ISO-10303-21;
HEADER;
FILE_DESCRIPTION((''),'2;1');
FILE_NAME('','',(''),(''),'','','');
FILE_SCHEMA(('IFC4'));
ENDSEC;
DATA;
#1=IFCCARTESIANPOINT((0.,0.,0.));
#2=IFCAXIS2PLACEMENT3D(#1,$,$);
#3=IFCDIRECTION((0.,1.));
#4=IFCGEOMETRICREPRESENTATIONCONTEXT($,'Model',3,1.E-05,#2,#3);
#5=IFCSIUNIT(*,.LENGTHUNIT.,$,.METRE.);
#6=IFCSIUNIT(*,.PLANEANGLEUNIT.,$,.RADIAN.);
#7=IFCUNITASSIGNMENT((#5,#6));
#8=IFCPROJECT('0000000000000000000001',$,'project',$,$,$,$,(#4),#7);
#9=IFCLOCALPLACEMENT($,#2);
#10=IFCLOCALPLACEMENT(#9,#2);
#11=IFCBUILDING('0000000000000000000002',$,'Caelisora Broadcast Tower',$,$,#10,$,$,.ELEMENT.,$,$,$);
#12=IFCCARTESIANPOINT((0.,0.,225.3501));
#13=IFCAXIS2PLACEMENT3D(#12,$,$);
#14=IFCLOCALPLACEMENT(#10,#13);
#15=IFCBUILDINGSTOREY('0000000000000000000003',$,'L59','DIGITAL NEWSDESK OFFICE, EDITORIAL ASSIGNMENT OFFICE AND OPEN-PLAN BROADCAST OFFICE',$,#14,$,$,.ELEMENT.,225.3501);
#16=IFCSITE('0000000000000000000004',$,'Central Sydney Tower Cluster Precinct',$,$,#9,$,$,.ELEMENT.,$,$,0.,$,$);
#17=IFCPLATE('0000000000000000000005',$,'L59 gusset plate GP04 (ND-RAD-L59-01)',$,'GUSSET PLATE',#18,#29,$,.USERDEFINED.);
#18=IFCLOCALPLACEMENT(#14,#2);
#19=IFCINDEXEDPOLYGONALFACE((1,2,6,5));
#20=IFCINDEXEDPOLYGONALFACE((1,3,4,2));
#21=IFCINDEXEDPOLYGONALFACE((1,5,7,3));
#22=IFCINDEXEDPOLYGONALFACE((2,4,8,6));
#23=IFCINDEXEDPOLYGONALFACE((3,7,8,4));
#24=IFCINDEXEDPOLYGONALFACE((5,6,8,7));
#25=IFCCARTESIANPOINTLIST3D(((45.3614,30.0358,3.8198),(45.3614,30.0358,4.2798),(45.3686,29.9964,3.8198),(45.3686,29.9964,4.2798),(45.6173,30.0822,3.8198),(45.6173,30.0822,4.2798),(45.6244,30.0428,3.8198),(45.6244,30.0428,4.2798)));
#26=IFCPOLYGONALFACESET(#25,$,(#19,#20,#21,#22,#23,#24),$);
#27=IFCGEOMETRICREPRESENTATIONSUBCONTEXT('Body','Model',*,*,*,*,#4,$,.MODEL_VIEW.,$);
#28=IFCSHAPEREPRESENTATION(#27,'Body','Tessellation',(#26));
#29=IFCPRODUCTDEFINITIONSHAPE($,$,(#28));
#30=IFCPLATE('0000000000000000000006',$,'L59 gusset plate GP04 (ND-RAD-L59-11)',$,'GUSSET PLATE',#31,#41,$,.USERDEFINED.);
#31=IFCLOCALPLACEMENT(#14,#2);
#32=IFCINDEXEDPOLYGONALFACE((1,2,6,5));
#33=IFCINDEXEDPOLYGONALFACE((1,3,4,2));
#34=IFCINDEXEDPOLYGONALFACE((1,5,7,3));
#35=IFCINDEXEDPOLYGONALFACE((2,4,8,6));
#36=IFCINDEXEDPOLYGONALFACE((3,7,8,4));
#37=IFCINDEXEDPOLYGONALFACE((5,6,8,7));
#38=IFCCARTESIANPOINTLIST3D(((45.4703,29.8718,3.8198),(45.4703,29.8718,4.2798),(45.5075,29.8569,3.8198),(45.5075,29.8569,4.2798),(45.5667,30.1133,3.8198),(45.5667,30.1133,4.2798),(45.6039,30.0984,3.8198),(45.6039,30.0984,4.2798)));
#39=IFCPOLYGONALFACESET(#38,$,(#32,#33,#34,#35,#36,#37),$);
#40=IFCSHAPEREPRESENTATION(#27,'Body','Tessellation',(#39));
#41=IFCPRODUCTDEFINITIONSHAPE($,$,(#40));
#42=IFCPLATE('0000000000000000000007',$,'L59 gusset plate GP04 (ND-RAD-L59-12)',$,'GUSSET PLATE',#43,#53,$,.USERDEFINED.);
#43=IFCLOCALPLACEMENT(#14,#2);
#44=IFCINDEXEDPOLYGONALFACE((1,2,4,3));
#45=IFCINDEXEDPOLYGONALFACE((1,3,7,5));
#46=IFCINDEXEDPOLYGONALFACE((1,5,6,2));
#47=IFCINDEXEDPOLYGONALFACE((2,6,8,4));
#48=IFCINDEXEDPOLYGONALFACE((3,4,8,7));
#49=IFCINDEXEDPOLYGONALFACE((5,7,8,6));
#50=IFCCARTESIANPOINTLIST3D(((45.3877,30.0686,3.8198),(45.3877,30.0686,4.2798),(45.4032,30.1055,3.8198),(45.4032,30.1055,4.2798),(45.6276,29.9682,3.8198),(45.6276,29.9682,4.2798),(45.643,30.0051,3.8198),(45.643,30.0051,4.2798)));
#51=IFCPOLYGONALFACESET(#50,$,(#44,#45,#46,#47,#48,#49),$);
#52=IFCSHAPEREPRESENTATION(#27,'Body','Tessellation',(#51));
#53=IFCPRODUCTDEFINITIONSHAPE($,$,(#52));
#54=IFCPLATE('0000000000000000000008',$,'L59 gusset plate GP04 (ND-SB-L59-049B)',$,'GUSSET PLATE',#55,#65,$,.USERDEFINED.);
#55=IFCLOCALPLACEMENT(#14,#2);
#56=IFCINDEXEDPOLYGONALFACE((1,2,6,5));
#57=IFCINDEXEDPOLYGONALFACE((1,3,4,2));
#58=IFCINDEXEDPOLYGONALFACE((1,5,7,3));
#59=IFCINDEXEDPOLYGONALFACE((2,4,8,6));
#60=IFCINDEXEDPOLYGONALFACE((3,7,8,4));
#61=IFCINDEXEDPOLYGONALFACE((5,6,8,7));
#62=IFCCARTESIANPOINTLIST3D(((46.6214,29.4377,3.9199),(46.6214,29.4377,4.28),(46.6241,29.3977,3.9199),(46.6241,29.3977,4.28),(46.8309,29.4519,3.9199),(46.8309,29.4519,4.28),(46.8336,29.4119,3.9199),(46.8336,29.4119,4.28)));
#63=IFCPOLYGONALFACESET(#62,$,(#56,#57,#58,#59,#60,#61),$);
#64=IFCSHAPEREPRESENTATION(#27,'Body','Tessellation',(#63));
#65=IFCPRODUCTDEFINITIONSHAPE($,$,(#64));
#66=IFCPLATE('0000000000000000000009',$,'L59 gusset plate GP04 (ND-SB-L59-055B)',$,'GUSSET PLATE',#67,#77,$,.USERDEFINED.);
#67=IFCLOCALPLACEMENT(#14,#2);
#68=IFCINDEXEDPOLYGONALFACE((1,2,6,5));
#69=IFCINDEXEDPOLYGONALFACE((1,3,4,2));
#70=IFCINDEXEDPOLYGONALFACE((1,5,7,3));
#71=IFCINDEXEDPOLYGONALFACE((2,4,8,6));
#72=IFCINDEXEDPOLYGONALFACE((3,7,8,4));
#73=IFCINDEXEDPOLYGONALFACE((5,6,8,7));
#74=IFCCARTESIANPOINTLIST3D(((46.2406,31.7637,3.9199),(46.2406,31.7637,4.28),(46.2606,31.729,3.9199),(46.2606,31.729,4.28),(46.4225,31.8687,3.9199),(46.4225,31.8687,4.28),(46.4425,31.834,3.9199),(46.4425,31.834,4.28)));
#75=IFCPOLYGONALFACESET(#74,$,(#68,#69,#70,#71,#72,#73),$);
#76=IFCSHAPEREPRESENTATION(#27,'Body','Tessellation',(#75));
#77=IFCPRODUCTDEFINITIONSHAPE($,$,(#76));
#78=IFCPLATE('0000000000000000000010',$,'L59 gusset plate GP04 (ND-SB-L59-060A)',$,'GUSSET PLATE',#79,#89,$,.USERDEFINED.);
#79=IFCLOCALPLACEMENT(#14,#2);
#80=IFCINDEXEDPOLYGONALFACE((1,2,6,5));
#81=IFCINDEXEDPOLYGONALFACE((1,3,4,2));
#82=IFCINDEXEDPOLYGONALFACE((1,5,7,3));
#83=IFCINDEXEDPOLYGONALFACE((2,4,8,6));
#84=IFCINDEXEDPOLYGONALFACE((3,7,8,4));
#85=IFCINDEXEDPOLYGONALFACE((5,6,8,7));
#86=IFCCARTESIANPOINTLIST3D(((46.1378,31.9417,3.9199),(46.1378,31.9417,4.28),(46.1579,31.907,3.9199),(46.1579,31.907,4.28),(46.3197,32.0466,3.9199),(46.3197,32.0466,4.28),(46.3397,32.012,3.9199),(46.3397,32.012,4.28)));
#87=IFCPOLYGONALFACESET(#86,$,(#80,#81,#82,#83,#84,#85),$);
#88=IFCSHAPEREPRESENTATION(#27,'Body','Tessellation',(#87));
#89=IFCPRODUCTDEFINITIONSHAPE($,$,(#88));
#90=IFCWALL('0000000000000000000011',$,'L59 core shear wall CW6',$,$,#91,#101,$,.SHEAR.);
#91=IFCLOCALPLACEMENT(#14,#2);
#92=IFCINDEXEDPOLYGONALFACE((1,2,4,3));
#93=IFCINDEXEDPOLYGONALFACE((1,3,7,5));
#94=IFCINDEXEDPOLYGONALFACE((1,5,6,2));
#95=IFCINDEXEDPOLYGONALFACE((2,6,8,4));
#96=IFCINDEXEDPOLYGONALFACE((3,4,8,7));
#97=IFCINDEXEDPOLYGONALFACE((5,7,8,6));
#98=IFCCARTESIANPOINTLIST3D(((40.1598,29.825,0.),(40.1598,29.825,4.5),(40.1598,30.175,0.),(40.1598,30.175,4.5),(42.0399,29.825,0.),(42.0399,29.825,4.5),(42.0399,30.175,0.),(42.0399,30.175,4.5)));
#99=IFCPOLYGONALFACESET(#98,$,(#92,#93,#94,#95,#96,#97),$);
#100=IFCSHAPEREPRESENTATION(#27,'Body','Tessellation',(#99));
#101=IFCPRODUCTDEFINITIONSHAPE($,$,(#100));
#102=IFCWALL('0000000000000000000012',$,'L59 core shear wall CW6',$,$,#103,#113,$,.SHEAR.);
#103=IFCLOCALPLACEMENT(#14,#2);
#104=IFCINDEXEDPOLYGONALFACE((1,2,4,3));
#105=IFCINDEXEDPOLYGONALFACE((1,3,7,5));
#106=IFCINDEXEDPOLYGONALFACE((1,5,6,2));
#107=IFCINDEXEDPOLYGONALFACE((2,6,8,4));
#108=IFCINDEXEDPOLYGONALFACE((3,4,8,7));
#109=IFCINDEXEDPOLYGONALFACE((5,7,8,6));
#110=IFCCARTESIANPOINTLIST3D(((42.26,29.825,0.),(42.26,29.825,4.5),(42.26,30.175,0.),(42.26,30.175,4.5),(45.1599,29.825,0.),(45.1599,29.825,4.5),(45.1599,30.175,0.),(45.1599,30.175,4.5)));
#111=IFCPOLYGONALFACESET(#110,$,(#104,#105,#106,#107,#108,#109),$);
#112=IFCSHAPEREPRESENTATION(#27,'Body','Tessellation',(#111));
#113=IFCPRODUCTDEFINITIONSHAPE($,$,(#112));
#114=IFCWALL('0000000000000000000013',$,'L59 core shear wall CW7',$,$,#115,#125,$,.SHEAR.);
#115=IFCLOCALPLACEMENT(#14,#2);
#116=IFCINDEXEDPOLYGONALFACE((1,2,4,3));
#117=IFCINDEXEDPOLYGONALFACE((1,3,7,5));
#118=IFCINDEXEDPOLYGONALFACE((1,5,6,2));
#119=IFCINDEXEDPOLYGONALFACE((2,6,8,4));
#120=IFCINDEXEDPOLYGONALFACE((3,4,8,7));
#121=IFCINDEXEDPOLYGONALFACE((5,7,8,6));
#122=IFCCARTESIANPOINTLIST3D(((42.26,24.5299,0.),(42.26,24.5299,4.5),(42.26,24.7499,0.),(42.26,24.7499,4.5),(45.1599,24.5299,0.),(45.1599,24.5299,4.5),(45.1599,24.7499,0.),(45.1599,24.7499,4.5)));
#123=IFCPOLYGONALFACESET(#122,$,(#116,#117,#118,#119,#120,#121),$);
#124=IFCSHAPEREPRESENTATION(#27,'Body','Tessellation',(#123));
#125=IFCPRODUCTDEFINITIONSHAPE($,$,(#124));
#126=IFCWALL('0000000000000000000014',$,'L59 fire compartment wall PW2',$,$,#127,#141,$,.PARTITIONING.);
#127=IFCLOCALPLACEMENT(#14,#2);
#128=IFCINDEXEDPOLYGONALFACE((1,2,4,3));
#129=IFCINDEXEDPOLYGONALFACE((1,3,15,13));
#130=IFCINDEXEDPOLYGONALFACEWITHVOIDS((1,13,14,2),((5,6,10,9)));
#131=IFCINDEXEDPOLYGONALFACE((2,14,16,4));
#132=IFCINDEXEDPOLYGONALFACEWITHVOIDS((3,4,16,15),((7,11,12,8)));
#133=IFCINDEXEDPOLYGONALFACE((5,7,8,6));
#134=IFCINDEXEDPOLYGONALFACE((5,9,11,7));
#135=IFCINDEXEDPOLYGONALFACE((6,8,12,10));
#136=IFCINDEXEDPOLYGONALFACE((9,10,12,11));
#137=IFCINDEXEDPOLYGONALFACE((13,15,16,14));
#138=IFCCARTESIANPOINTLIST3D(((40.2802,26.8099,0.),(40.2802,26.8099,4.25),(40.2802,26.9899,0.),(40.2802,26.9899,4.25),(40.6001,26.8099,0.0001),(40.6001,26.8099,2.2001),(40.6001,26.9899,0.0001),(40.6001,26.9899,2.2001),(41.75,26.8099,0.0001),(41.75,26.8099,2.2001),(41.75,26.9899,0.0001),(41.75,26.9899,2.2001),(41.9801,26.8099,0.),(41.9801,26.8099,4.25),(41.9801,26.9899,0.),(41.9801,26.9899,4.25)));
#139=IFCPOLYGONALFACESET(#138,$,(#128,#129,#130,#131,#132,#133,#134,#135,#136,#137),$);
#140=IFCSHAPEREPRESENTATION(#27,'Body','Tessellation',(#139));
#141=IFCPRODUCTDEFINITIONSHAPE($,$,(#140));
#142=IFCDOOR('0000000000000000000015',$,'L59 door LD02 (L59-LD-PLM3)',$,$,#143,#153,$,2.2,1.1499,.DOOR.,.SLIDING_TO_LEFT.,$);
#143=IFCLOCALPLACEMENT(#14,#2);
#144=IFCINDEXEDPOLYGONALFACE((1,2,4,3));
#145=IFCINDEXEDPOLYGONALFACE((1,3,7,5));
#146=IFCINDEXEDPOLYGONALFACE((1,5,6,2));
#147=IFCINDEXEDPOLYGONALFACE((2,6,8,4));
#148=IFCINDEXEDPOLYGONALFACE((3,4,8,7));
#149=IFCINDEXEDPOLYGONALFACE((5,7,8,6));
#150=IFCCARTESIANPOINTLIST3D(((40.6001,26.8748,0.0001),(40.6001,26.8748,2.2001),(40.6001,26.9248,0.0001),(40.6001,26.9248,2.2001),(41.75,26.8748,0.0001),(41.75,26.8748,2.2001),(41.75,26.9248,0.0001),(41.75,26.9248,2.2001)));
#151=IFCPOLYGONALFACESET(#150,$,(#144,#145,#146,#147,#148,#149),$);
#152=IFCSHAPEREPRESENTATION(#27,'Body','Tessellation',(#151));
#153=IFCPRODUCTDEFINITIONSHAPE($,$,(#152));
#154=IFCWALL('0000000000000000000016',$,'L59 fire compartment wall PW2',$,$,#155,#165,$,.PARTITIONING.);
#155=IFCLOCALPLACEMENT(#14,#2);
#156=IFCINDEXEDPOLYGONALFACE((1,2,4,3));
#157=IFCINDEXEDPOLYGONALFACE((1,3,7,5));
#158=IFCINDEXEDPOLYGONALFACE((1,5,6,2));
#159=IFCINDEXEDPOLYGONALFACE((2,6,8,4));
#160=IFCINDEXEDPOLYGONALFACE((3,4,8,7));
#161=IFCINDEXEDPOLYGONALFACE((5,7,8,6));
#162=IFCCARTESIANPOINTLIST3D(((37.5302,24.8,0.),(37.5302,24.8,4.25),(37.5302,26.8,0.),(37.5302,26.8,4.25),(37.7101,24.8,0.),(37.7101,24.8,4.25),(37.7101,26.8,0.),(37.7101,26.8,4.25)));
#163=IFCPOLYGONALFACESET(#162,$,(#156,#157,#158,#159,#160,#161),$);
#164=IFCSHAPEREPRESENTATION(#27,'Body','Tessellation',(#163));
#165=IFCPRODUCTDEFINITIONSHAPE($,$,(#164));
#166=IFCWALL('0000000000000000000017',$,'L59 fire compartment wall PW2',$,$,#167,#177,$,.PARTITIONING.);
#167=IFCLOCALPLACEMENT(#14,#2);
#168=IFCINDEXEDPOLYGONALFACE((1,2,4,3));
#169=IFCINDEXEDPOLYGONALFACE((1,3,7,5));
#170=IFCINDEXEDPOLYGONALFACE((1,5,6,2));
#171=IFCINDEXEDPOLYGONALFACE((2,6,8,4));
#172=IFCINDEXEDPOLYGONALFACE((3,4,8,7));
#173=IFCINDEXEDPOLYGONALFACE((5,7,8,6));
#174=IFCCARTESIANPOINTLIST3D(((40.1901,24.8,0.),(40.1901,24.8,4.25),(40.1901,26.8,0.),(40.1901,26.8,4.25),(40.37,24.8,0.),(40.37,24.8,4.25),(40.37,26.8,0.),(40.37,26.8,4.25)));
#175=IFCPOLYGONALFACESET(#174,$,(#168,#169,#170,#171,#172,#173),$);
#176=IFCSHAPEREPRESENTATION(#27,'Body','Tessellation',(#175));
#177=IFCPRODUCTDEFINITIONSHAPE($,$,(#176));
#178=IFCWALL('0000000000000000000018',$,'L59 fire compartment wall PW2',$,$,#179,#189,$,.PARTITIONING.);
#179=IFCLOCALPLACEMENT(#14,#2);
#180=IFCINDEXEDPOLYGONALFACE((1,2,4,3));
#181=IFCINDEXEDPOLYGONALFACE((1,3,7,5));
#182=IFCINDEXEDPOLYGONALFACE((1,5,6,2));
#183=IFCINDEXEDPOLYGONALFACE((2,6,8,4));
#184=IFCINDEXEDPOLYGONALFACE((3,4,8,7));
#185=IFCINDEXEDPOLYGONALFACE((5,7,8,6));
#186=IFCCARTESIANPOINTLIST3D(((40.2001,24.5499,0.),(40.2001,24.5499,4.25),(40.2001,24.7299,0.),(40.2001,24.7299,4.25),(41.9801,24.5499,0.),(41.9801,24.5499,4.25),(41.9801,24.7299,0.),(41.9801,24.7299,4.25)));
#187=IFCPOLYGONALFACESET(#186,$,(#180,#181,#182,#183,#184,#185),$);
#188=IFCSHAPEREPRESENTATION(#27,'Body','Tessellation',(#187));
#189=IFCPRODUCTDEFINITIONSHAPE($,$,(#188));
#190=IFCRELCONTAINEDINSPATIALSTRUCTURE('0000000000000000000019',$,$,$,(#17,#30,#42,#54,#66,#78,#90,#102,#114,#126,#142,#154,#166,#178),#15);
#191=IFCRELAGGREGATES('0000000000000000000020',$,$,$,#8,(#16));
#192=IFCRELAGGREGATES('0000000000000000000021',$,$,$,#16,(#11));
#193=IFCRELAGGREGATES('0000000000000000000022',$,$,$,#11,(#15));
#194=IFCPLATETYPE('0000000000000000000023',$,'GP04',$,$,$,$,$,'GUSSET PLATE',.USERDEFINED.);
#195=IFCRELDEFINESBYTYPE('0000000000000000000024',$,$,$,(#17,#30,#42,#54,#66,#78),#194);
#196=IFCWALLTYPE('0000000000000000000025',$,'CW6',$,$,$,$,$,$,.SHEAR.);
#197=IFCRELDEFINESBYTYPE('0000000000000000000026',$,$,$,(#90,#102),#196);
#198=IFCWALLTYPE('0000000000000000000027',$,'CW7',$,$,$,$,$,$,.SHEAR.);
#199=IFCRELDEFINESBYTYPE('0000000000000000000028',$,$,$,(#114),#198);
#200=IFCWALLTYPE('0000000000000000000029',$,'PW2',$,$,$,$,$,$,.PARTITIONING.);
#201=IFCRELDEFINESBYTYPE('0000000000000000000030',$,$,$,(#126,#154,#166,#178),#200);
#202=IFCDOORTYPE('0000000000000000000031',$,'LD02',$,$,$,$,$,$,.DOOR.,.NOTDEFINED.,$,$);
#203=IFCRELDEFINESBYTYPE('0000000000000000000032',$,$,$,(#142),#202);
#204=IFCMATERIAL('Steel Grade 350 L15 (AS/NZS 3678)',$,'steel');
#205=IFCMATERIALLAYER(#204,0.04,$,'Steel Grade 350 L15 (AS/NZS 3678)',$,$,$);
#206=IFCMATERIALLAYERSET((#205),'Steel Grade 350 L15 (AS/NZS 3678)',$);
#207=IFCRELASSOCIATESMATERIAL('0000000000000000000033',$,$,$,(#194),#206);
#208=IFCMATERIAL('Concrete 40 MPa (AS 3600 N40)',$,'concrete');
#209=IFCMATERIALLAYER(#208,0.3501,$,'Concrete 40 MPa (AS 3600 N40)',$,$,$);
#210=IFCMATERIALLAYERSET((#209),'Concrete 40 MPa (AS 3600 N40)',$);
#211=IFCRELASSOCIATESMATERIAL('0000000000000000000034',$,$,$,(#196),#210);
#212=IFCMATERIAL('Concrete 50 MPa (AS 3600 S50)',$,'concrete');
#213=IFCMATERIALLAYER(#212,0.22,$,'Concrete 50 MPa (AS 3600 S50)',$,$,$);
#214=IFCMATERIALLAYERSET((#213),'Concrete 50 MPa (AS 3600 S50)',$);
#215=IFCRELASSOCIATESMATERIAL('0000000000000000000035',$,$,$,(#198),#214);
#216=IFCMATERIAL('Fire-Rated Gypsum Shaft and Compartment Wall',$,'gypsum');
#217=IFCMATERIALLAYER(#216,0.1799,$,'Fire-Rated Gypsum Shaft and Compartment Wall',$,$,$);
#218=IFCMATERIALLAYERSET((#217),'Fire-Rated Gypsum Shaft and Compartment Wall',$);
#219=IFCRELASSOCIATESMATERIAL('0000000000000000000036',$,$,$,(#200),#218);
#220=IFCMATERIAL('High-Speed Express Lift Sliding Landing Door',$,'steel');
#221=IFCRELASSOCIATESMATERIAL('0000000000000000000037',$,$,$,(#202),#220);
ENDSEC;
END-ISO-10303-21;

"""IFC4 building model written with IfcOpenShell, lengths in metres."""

from ifc_helpers import new_model, si_unit, direction, frame, frame_2d, origin, origin_2d, place, context, subcontext, project, spatial, rectangle, extrude, source, transform, mapped, material, layer, layer_set, type_object, type_shapes, element, fill, save


model = new_model("IFC4")

# Units and contexts
model_context = context("Model", 3, precision=1e-05, world=origin(), true_north=direction((0.0, 1.0)))
body_context = subcontext(model_context, "Body", "Model", "MODEL_VIEW")
ifc_project = project(units=[si_unit("LENGTHUNIT", "METRE"), si_unit("PLANEANGLEUNIT", "RADIAN")], contexts=[model_context])

# Site, building, storey
site_placement = place(None, origin())
site = spatial("IfcSite", under=ifc_project, at=site_placement, Name="Central Sydney Tower Cluster Precinct", CompositionType="ELEMENT", RefElevation=0.0)
building_placement = place(site_placement, origin())
building = spatial("IfcBuilding", under=site, at=building_placement, Name="Caelisora Broadcast Tower", CompositionType="ELEMENT")
storey_placement = place(building_placement, frame((0.0, 0.0, 225.3501)))
storey = spatial("IfcBuildingStorey", under=building, at=storey_placement, Name="L59", Description="DIGITAL NEWSDESK OFFICE, EDITORIAL ASSIGNMENT OFFICE AND OPEN-PLAN BROADCAST OFFICE", CompositionType="ELEMENT", Elevation=225.3501)

# Plates
ifc_material_1 = material(Name="Steel Grade 350 L15 (AS/NZS 3678)", Category="steel")
ifc_layer_1 = layer(ifc_material_1, 0.04, Name="Steel Grade 350 L15 (AS/NZS 3678)")
ifc_layer_set_1 = layer_set([ifc_layer_1], Name="Steel Grade 350 L15 (AS/NZS 3678)")
plate_type = type_object("IfcPlateType", Name="GP04", ElementType="GUSSET PLATE", PredefinedType="USERDEFINED", material=ifc_layer_set_1)
shared_shape_1 = source(origin(), body_context, "Body", "SweptSolid", [
    extrude(rectangle(XDim=0.26, YDim=0.04, at=origin_2d()), origin(), (0.0, 0.0, 1.0), 0.46),
])
for number, where, z_axis, x_axis, name in (
    (1, (45.4929, 30.0393, 3.8198), (0.0, 0.0, 1.0), (-0.983916, -0.17863, 0.0), "L59 gusset plate GP04 (ND-RAD-L59-01)"),
    (2, (45.5371, 29.9851, 3.8198), (0.0, 0.0, 1.0), (0.37072, 0.928745, 0.0), "L59 gusset plate GP04 (ND-RAD-L59-11)"),
    (3, (45.5154, 30.0369, 3.8198), (0.0, 0.0, 1.0), (-0.922471, 0.386067, 0.0), "L59 gusset plate GP04 (ND-RAD-L59-12)"),
):
    element("IfcPlate", number, at=place(storey_placement, frame(where, z_axis=z_axis, x_axis=x_axis)), inside=storey, type_object=plate_type, Name=name, ObjectType="GUSSET PLATE", PredefinedType="USERDEFINED", context=body_context, shape_type="MappedRepresentation", body=[
        mapped(shared_shape_1, transform((0.0, 0.0, 0.0), scale=1.0)),
    ])
shared_shape_2 = source(origin(), body_context, "Body", "SweptSolid", [
    extrude(rectangle(XDim=0.21, YDim=0.04, at=origin_2d()), origin(), (0.0, 0.0, 1.0), 0.3601),
])
type_shapes(plate_type, [shared_shape_1, shared_shape_2])
for number, where, z_axis, x_axis, name in (
    (4, (46.7275, 29.4248, 3.9199), (0.0, 0.0, 1.0), (-0.99772, -0.067493, 0.0), "L59 gusset plate GP04 (ND-SB-L59-049B)"),
    (5, (46.3416, 31.7988, 3.9199), (0.0, 0.0, 1.0), (-0.866025, -0.5, 0.0), "L59 gusset plate GP04 (ND-SB-L59-055B)"),
    (6, (46.2388, 31.9768, 3.9199), (0.0, 0.0, 1.0), (-0.866025, -0.5, 0.0), "L59 gusset plate GP04 (ND-SB-L59-060A)"),
):
    element("IfcPlate", number, at=place(storey_placement, frame(where, z_axis=z_axis, x_axis=x_axis)), inside=storey, type_object=plate_type, Name=name, ObjectType="GUSSET PLATE", PredefinedType="USERDEFINED", context=body_context, shape_type="MappedRepresentation", body=[
        mapped(shared_shape_2, transform((0.0, 0.0, 0.0), scale=1.0)),
    ])

# Walls
ifc_material_2 = material(Name="Concrete 40 MPa (AS 3600 N40)", Category="concrete")
ifc_layer_2 = layer(ifc_material_2, 0.3501, Name="Concrete 40 MPa (AS 3600 N40)")
ifc_layer_set_2 = layer_set([ifc_layer_2], Name="Concrete 40 MPa (AS 3600 N40)")
wall_type_1 = type_object("IfcWallType", Name="CW6", PredefinedType="SHEAR", material=ifc_layer_set_2)
wall_1_placement = place(storey_placement, frame((40.1599, 30.0, 0.0), z_axis=(0.0, 0.0, 1.0), x_axis=(1.0, 0.0, 0.0)))
element("IfcWall", 7, at=wall_1_placement, inside=storey, type_object=wall_type_1, Name="L59 core shear wall CW6", PredefinedType="SHEAR", context=body_context, shape_type="SweptSolid", body=[
    extrude(rectangle(XDim=1.8801, YDim=0.3501, at=frame_2d((0.9399, 0.0))), origin(), (0.0, 0.0, 1.0), 4.5),
])
wall_2_placement = place(storey_placement, frame((42.26, 30.0, 0.0), z_axis=(0.0, 0.0, 1.0), x_axis=(1.0, 0.0, 0.0)))
element("IfcWall", 8, at=wall_2_placement, inside=storey, type_object=wall_type_1, Name="L59 core shear wall CW6", PredefinedType="SHEAR", context=body_context, shape_type="SweptSolid", body=[
    extrude(rectangle(XDim=2.8999, YDim=0.3501, at=frame_2d((1.45, 0.0))), origin(), (0.0, 0.0, 1.0), 4.5),
])
ifc_material_3 = material(Name="Concrete 50 MPa (AS 3600 S50)", Category="concrete")
ifc_layer_3 = layer(ifc_material_3, 0.22, Name="Concrete 50 MPa (AS 3600 S50)")
ifc_layer_set_3 = layer_set([ifc_layer_3], Name="Concrete 50 MPa (AS 3600 S50)")
wall_type_2 = type_object("IfcWallType", Name="CW7", PredefinedType="SHEAR", material=ifc_layer_set_3)
wall_3_placement = place(storey_placement, frame((42.26, 24.6399, 0.0), z_axis=(0.0, 0.0, 1.0), x_axis=(1.0, 0.0, 0.0)))
element("IfcWall", 9, at=wall_3_placement, inside=storey, type_object=wall_type_2, Name="L59 core shear wall CW7", PredefinedType="SHEAR", context=body_context, shape_type="SweptSolid", body=[
    extrude(rectangle(XDim=2.8999, YDim=0.22, at=frame_2d((1.45, 0.0))), origin(), (0.0, 0.0, 1.0), 4.5),
])

# Wall, opening, door
ifc_material_4 = material(Name="Fire-Rated Gypsum Shaft and Compartment Wall", Category="gypsum")
ifc_layer_4 = layer(ifc_material_4, 0.1799, Name="Fire-Rated Gypsum Shaft and Compartment Wall")
ifc_layer_set_4 = layer_set([ifc_layer_4], Name="Fire-Rated Gypsum Shaft and Compartment Wall")
wall_type_3 = type_object("IfcWallType", Name="PW2", PredefinedType="PARTITIONING", material=ifc_layer_set_4)
wall_4_placement = place(storey_placement, frame((40.28, 26.8999, 0.0), z_axis=(0.0, 0.0, 1.0), x_axis=(1.0, 0.0, 0.0)))
wall_4 = element("IfcWall", 10, at=wall_4_placement, inside=storey, type_object=wall_type_3, Name="L59 fire compartment wall PW2", PredefinedType="PARTITIONING", context=body_context, shape_type="SweptSolid", body=[
    extrude(rectangle(XDim=1.7, YDim=0.1799, at=frame_2d((0.8501, 0.0))), origin(), (0.0, 0.0, 1.0), 4.25),
])
opening_1_placement = place(wall_4_placement, frame((0.3201, 0.0, 0.0)))
opening_1 = element("IfcOpeningElement", 11, at=opening_1_placement, cuts=wall_4, PredefinedType="OPENING", context=body_context, shape_type="SweptSolid", body=[
    extrude(rectangle(XDim=1.1499, YDim=2.2, at=frame_2d((0.575, 1.1001))), frame((0.0, 0.1021, 0.0), z_axis=(0.0, -1.0, 0.0), x_axis=(1.0, 0.0, 0.0)), (0.0, 0.0, 1.0), 0.2039),
])
ifc_material_5 = material(Name="High-Speed Express Lift Sliding Landing Door", Category="steel")
door_type = type_object("IfcDoorType", Name="LD02", OperationType="NOTDEFINED", PredefinedType="DOOR", material=ifc_material_5)
door_1_placement = place(opening_1_placement, origin())
door_1 = element("IfcDoor", 12, at=door_1_placement, inside=storey, type_object=door_type, Name="L59 door LD02 (L59-LD-PLM3)", OperationType="SLIDING_TO_LEFT", OverallHeight=2.2, OverallWidth=1.1499, PredefinedType="DOOR", context=body_context, shape_type="SweptSolid", body=[
    extrude(rectangle(XDim=1.1499, YDim=2.2, at=frame_2d((0.575, 1.1001))), frame((0.0, 0.0249, 0.0), z_axis=(0.0, -1.0, 0.0), x_axis=(1.0, 0.0, 0.0)), (0.0, 0.0, 1.0), 0.05),
])
fill(opening_1, door_1)

# Walls
for number, where, z_axis, x_axis, name in (
    (13, (37.6201, 24.8, 0.0), (0.0, 0.0, 1.0), (0.0, 1.0, 0.0), "L59 fire compartment wall PW2"),
    (14, (40.28, 24.8, 0.0), (0.0, 0.0, 1.0), (0.0, 1.0, 0.0), "L59 fire compartment wall PW2"),
):
    element("IfcWall", number, at=place(storey_placement, frame(where, z_axis=z_axis, x_axis=x_axis)), inside=storey, type_object=wall_type_3, Name=name, PredefinedType="PARTITIONING", context=body_context, shape_type="SweptSolid", body=[
        extrude(rectangle(XDim=2.0, YDim=0.1799, at=frame_2d((1.0, 0.0))), origin(), (0.0, 0.0, 1.0), 4.25),
    ])
wall_5_placement = place(storey_placement, frame((40.2, 24.6399, 0.0), z_axis=(0.0, 0.0, 1.0), x_axis=(1.0, 0.0, 0.0)))
element("IfcWall", 15, at=wall_5_placement, inside=storey, type_object=wall_type_3, Name="L59 fire compartment wall PW2", PredefinedType="PARTITIONING", context=body_context, shape_type="SweptSolid", body=[
    extrude(rectangle(XDim=1.78, YDim=0.1799, at=frame_2d((0.8901, 0.0))), origin(), (0.0, 0.0, 1.0), 4.25),
])

save(model, "model.ifc")
